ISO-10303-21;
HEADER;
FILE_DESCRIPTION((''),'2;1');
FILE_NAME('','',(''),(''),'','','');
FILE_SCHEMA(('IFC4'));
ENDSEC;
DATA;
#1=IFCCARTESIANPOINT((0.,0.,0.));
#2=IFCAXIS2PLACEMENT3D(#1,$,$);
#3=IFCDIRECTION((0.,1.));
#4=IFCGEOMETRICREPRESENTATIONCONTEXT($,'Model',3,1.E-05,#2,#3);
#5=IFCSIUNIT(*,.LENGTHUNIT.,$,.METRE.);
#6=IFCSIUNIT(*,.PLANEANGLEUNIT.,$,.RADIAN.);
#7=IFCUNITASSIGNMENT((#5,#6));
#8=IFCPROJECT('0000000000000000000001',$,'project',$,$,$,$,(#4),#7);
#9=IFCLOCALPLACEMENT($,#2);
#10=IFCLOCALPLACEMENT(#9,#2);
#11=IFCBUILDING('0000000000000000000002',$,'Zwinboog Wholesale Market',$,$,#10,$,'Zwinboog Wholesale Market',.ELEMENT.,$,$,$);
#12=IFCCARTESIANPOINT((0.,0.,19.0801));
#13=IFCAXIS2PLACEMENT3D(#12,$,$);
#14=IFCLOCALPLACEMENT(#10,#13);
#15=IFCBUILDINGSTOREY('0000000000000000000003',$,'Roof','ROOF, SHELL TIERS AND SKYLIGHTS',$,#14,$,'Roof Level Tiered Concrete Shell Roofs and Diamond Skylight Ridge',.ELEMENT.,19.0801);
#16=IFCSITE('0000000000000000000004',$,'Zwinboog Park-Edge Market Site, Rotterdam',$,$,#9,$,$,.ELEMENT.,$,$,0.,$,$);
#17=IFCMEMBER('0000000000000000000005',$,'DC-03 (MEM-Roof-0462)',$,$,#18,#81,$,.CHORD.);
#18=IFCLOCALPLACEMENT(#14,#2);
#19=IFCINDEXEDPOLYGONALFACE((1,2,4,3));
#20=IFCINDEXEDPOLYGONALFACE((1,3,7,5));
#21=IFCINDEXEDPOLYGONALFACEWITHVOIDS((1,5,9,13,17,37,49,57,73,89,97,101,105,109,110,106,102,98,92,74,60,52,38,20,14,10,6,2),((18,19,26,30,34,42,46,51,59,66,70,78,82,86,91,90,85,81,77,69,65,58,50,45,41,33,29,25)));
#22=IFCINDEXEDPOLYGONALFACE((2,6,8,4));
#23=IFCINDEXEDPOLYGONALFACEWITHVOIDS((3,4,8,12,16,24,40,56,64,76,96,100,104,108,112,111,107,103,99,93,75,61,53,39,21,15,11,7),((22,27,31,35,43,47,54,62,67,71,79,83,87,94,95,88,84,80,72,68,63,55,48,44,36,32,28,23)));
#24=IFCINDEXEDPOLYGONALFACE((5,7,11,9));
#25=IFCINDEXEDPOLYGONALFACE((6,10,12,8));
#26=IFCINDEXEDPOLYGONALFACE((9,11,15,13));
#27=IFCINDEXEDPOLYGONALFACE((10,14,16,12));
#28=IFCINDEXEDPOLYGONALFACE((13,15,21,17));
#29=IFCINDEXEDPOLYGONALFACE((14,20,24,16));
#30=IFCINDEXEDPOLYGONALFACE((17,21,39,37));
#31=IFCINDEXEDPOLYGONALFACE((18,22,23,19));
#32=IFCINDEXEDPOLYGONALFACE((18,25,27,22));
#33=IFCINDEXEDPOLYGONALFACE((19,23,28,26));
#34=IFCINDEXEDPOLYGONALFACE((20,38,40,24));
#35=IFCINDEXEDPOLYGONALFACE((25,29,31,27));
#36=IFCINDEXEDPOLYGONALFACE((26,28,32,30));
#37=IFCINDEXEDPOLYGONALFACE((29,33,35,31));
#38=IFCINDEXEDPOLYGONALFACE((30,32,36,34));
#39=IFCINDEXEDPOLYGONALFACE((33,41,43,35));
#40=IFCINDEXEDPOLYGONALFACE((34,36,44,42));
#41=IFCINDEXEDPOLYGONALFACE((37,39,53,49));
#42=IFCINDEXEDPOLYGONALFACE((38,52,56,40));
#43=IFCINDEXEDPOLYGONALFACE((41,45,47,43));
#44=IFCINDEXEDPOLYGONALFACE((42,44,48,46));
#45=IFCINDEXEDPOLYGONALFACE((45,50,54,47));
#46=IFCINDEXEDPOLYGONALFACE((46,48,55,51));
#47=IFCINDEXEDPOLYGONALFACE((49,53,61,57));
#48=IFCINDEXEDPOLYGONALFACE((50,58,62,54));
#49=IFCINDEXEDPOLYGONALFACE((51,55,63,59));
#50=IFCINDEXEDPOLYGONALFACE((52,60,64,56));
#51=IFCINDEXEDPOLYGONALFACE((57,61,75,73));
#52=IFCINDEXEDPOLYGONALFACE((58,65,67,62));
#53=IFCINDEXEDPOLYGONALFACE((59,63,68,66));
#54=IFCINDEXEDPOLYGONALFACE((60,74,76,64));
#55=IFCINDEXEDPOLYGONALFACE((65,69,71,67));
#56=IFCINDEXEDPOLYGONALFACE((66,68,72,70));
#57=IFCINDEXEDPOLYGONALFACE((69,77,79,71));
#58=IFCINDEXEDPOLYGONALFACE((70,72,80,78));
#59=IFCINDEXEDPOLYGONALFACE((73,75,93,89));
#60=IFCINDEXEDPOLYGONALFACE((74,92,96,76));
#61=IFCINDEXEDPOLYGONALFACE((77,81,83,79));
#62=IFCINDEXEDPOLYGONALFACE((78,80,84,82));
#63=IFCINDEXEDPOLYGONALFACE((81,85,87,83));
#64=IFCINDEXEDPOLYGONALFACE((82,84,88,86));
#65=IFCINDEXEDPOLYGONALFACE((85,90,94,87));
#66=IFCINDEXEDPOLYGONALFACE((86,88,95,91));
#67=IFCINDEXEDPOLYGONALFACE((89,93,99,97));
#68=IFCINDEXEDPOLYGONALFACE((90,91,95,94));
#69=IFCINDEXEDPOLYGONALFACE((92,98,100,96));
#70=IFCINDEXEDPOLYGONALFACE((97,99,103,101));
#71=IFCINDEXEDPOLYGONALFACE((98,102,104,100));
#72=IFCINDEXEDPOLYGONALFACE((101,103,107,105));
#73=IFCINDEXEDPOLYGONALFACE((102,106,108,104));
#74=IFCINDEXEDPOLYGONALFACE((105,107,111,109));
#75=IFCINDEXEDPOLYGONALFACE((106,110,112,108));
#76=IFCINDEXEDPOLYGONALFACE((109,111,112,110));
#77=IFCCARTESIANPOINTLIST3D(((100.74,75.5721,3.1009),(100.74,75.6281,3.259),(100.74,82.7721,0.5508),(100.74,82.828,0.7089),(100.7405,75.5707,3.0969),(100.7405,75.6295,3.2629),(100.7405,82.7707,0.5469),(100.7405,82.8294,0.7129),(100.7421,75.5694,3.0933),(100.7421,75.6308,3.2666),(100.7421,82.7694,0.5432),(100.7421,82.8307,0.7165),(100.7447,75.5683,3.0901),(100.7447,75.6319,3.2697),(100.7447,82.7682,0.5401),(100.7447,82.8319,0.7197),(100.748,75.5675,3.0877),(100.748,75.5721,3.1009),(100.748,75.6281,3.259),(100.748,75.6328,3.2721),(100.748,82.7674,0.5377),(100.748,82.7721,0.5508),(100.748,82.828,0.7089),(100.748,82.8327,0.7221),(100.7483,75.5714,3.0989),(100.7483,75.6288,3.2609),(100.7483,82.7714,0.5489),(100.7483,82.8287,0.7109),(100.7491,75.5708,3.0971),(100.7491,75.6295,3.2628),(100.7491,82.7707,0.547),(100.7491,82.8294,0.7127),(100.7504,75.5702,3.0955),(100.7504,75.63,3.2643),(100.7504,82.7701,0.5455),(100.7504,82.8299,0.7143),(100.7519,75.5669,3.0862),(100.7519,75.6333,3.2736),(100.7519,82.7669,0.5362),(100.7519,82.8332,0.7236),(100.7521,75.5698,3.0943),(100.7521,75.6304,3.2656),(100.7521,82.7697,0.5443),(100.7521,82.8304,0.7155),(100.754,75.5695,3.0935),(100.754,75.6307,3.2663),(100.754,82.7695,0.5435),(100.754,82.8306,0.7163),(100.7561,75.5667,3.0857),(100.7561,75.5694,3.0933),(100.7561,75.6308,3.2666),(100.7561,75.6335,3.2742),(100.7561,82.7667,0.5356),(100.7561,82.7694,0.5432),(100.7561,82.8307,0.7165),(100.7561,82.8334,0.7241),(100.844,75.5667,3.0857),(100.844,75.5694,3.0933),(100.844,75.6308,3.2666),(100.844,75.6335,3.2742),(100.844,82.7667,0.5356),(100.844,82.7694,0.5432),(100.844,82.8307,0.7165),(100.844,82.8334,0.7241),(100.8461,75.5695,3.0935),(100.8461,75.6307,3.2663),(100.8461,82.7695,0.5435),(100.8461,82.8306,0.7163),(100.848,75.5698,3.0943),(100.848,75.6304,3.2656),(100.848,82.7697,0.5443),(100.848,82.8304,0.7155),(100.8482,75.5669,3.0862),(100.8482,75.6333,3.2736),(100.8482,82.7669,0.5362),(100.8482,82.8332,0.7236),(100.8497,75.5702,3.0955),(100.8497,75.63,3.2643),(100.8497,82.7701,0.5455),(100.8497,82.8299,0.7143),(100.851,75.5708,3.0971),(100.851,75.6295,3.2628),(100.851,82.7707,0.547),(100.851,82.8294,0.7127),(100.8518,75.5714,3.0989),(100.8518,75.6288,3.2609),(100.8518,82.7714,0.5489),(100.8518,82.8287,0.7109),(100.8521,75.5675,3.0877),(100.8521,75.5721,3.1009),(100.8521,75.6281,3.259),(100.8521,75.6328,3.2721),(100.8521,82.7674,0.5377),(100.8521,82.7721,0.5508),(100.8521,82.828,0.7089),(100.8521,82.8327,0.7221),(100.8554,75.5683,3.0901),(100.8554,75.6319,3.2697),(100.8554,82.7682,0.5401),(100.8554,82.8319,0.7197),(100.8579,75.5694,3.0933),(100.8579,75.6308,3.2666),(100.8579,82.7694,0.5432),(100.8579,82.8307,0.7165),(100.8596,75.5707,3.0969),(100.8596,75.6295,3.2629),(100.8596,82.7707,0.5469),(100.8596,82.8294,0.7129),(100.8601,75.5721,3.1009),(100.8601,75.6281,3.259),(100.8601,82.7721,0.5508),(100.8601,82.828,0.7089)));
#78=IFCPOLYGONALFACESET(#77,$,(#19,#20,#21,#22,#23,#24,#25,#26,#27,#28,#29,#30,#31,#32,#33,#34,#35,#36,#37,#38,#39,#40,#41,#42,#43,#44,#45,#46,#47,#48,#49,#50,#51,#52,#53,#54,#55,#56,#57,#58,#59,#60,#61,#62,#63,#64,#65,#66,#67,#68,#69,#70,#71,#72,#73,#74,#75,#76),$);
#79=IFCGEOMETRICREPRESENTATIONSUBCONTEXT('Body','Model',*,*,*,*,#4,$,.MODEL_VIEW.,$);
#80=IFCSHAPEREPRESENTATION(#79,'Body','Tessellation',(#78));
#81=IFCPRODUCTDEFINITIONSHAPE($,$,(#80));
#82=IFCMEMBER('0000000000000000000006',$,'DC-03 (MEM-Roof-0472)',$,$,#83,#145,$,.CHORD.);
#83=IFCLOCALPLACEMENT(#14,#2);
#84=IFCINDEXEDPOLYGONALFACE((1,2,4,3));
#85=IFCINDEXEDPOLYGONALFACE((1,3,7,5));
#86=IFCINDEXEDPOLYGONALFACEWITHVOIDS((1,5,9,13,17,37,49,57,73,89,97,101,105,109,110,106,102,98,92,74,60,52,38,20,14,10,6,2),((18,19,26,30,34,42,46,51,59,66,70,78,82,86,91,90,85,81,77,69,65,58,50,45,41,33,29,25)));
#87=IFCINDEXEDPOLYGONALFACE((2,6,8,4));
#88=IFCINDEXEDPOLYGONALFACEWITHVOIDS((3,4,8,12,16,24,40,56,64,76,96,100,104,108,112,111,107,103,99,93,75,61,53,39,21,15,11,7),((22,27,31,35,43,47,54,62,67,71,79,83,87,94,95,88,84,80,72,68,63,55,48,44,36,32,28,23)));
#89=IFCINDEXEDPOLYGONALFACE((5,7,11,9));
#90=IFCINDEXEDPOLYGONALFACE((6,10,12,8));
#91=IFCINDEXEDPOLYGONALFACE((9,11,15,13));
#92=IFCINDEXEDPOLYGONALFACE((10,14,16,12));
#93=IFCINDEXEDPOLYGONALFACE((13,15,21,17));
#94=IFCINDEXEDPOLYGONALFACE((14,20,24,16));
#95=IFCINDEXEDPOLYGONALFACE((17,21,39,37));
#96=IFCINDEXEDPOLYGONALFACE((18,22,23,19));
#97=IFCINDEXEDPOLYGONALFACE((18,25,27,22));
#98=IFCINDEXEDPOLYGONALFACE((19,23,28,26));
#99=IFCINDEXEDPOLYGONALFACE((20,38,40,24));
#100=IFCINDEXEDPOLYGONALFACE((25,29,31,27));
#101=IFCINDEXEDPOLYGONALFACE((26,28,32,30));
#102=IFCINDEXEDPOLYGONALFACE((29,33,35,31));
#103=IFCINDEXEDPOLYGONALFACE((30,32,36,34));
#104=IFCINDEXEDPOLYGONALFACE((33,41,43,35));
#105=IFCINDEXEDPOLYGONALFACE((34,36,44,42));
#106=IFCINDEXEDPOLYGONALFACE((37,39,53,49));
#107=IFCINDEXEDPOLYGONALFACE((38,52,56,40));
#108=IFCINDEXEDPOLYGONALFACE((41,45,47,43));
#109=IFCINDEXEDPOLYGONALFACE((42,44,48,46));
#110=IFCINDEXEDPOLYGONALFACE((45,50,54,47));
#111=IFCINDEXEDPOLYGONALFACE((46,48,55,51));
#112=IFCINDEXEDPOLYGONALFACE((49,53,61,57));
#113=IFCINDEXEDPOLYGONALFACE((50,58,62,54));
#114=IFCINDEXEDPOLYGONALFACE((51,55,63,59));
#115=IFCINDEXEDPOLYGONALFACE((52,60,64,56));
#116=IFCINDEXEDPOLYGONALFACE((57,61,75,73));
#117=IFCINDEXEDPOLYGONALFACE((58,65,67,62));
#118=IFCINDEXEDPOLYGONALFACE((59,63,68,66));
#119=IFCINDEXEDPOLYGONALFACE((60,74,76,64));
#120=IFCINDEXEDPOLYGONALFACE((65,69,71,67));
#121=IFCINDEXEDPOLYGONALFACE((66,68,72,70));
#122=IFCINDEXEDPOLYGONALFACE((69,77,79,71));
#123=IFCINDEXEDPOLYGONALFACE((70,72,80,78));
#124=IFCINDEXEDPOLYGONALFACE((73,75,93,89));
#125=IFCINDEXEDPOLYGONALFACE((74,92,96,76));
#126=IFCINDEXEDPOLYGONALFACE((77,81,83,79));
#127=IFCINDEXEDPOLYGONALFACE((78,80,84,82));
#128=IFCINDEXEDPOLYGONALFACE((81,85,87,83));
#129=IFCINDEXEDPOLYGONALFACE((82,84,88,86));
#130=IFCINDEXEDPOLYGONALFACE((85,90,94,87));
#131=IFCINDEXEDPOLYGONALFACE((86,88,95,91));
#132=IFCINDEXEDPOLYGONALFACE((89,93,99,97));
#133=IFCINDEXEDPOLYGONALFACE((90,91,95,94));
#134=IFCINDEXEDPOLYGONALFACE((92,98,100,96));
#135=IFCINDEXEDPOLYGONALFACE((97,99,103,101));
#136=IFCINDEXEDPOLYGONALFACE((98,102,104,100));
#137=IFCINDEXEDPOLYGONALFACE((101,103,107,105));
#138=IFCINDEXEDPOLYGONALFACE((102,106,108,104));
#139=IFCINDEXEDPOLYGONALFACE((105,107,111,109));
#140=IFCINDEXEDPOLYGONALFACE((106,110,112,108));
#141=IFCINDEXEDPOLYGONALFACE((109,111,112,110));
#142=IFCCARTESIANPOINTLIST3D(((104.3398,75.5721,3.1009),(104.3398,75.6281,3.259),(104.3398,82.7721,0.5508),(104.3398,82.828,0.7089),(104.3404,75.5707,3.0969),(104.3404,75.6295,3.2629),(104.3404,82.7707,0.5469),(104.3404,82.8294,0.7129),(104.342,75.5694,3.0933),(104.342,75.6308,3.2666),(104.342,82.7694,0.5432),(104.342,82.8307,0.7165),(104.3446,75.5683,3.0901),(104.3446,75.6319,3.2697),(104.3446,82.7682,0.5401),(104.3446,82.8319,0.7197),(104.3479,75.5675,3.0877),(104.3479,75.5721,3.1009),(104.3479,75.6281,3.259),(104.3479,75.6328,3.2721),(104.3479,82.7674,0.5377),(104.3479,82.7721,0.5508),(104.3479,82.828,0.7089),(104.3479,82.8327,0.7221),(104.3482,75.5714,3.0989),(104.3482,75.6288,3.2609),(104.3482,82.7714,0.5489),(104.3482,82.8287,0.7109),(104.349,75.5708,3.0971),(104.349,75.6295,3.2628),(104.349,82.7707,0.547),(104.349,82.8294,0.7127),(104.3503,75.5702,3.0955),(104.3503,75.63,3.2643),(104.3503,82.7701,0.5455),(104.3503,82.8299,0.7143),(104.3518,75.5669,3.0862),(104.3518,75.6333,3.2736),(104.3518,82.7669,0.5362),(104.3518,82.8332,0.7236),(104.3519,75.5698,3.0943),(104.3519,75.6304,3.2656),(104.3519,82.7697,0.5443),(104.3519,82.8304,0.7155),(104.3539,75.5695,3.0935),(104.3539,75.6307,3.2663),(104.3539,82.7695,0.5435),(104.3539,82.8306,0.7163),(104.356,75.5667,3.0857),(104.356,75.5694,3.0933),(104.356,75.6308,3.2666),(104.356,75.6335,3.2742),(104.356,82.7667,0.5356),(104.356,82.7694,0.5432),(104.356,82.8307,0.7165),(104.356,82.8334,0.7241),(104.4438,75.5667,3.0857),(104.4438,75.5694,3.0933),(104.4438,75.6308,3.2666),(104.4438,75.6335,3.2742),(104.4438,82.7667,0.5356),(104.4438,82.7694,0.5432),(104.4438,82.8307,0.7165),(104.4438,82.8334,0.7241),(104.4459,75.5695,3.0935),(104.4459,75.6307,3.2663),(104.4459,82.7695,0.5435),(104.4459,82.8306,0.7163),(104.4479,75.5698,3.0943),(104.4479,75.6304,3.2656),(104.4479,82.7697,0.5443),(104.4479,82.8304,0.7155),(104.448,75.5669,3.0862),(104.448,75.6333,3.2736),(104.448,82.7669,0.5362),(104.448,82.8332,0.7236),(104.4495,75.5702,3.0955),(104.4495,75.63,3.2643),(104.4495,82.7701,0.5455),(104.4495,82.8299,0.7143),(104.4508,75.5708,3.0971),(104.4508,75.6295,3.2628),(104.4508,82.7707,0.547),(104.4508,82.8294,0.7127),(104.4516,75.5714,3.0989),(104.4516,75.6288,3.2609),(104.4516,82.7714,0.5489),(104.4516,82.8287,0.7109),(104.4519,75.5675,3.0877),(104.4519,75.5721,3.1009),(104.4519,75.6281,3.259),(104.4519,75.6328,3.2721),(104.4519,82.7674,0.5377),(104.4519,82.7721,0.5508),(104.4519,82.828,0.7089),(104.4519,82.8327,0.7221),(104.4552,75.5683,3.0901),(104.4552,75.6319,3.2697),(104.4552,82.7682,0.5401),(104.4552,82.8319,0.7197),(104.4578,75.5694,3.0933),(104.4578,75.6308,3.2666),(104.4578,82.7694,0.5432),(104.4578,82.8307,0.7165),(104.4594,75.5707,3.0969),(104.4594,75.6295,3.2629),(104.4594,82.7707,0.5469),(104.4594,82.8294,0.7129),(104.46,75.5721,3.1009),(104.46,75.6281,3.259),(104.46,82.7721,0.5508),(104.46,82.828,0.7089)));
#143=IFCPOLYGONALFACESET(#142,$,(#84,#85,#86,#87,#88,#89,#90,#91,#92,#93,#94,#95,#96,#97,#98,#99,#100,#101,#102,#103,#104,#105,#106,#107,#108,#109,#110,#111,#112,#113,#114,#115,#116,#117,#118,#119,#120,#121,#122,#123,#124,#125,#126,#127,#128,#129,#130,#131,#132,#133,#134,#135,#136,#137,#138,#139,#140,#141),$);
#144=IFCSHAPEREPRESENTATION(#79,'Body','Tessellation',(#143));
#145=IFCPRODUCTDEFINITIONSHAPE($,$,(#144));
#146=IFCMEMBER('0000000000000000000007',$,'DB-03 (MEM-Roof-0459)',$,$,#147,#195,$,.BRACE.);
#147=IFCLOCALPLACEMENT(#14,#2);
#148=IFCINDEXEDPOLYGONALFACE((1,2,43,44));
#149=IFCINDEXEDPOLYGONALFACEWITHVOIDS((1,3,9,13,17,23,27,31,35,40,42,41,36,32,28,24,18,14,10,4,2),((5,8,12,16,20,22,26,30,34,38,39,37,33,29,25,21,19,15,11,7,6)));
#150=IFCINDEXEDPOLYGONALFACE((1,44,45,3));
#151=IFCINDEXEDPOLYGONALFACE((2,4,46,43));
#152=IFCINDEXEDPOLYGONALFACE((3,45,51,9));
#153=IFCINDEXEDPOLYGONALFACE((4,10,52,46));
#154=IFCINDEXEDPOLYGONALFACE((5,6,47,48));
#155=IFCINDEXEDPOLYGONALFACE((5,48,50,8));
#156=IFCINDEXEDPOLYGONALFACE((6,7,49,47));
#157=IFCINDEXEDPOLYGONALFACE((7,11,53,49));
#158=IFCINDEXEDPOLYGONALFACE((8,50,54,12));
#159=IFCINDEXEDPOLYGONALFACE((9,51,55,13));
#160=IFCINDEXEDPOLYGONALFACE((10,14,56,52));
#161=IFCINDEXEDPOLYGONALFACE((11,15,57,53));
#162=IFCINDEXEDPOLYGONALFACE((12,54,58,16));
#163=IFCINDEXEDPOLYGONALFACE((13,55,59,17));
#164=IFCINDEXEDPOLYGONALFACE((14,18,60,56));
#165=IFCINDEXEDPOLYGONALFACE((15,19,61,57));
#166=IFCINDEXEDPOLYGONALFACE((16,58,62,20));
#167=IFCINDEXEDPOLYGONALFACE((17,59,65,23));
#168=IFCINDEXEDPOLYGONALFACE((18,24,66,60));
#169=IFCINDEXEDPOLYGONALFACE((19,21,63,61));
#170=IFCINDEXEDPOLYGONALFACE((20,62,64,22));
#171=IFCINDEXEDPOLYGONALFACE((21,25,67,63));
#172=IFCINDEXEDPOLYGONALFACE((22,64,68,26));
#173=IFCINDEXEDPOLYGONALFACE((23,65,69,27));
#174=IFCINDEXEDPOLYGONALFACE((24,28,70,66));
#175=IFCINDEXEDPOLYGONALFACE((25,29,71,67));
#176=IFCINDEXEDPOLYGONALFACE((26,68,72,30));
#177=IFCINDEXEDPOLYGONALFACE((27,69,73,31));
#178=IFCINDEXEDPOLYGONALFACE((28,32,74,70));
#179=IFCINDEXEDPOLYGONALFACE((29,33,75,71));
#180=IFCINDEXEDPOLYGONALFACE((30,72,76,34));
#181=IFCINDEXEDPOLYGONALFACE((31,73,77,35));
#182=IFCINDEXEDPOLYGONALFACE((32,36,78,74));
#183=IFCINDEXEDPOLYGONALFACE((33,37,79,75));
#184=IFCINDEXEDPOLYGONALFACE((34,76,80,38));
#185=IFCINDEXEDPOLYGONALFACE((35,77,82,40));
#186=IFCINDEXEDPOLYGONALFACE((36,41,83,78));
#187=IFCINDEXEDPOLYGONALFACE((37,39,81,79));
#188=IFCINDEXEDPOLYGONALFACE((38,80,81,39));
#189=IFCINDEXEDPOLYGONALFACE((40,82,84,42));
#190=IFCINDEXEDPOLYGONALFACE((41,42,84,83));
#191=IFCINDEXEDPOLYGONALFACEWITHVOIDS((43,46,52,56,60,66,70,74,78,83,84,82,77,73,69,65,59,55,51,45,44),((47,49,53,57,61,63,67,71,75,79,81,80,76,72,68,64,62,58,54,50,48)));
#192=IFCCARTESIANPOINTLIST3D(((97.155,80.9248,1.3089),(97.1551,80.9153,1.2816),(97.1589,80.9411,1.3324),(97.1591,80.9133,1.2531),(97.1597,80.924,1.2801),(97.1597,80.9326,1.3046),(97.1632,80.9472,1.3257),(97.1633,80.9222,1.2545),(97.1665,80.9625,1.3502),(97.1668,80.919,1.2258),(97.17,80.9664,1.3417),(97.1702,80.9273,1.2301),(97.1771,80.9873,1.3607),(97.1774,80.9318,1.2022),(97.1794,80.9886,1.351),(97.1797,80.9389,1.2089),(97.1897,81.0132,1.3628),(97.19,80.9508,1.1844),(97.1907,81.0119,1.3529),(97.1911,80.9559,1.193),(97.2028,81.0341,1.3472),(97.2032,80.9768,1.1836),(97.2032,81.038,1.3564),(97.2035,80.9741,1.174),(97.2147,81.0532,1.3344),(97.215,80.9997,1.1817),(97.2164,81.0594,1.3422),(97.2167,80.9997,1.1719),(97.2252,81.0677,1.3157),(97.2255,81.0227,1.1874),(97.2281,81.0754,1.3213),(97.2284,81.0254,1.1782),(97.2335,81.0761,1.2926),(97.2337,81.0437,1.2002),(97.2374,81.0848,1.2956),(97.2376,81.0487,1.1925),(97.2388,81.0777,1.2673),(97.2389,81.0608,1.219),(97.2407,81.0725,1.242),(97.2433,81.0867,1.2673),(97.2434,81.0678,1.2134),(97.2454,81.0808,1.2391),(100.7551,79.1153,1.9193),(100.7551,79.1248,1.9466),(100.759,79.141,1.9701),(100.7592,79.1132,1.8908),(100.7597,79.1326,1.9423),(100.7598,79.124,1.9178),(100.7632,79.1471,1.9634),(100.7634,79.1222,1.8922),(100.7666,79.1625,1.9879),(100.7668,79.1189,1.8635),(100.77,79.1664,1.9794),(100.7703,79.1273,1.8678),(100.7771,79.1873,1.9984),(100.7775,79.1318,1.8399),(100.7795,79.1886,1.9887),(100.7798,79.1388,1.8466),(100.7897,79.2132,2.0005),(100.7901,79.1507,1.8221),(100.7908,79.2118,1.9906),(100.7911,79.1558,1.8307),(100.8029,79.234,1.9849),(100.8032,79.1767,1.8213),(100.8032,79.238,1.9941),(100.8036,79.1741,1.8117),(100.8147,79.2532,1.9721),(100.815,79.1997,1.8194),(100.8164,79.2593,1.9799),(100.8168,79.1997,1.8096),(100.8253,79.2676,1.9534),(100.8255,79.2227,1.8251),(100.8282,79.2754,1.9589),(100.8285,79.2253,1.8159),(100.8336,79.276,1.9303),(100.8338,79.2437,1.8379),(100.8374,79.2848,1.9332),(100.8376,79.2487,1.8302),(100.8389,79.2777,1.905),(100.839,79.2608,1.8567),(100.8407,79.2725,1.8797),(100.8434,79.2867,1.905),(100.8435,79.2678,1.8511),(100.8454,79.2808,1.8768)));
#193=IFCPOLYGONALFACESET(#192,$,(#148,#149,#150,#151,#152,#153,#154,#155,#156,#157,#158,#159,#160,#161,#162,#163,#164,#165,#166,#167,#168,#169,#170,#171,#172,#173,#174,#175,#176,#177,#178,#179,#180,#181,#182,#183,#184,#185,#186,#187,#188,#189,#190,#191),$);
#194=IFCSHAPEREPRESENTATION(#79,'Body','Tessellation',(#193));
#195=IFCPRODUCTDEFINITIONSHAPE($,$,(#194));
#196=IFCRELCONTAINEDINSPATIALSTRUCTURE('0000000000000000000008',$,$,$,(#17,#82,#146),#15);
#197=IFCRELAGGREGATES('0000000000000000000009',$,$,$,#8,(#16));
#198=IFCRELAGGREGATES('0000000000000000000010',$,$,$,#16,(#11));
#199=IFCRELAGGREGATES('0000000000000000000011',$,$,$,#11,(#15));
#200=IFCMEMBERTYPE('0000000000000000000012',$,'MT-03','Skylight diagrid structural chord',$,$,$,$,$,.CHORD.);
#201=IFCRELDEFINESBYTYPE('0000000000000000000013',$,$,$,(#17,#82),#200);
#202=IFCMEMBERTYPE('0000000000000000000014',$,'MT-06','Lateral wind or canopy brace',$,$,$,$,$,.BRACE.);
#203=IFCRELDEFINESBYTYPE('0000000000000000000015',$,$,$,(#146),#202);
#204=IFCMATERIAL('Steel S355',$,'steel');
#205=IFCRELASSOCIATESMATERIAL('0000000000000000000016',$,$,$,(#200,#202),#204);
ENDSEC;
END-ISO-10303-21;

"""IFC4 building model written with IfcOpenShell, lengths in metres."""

from ifc_helpers import new_model, si_unit, direction, frame, origin, origin_2d, place, context, subcontext, project, spatial, hollow_rectangle, hollow_circle, extrude, material, material_profile, profile_set, type_object, element, save


model = new_model("IFC4")

# Units and contexts
model_context = context("Model", 3, precision=1e-05, world=origin(), true_north=direction((0.0, 1.0)))
body_context = subcontext(model_context, "Body", "Model", "MODEL_VIEW")
ifc_project = project(units=[si_unit("LENGTHUNIT", "METRE"), si_unit("PLANEANGLEUNIT", "RADIAN")], contexts=[model_context])

# Site, building, storey
site_placement = place(None, origin())
site = spatial("IfcSite", under=ifc_project, at=site_placement, Name="Zwinboog Park-Edge Market Site, Rotterdam", CompositionType="ELEMENT", RefElevation=0.0)
building_placement = place(site_placement, origin())
building = spatial("IfcBuilding", under=site, at=building_placement, Name="Zwinboog Wholesale Market", LongName="Zwinboog Wholesale Market", CompositionType="ELEMENT")
storey_placement = place(building_placement, frame((0.0, 0.0, 19.0801)))
storey = spatial("IfcBuildingStorey", under=building, at=storey_placement, Name="Roof", Description="ROOF, SHELL TIERS AND SKYLIGHTS", LongName="Roof Level Tiered Concrete Shell Roofs and Diamond Skylight Ridge", CompositionType="ELEMENT", Elevation=19.0801)

# Members
ifc_material_1 = material(Name="Steel S355", Category="steel")
ifc_material_profile_1 = material_profile(ifc_material_1, hollow_rectangle(XDim=0.1201, YDim=0.2, WallThickness=0.0081, InnerFilletRadius=0.0081, OuterFilletRadius=0.0161, at=origin_2d()), Name="RHS 200x120x8")
ifc_profile_set_1 = profile_set([ifc_material_profile_1], Name="Steel S355")
member_type_1 = type_object("IfcMemberType", Name="MT-03", Description="Skylight diagrid structural chord", PredefinedType="CHORD", material=ifc_profile_set_1)
for number, where, z_axis, x_axis, name in (
    (1, (100.8, 82.8, 0.6299), (0.0, -0.942625, 0.333855), (1.0, 0.0, 0.0), "DC-03 (MEM-Roof-0462)"),
    (2, (104.3999, 82.8, 0.6299), (0.0, -0.942625, 0.333855), (1.0, 0.0, 0.0), "DC-03 (MEM-Roof-0472)"),
):
    element("IfcMember", number, at=place(storey_placement, frame(where, z_axis=z_axis, x_axis=x_axis)), inside=storey, type_object=member_type_1, Name=name, PredefinedType="CHORD", context=body_context, shape_type="SweptSolid", body=[
        extrude(hollow_rectangle(XDim=0.1201, YDim=0.2, WallThickness=0.0081, InnerFilletRadius=0.0081, OuterFilletRadius=0.0161, at=origin_2d()), origin(), (0.0, 0.0, 1.0), 7.6382),
    ])
ifc_material_profile_2 = material_profile(ifc_material_1, hollow_circle(Radius=0.0969, WallThickness=0.01, at=origin_2d()), Name="CHS 193.7x10")
ifc_profile_set_2 = profile_set([ifc_material_profile_2], Name="Steel S355")
member_type_2 = type_object("IfcMemberType", Name="MT-06", Description="Lateral wind or canopy brace", PredefinedType="BRACE", material=ifc_profile_set_2)
for number, where, z_axis, x_axis, name in (
    (3, (97.2, 81.0, 1.2673), (0.883409, -0.441704, 0.156481), (0.447214, 0.894427, 0.0), "DB-03 (MEM-Roof-0459)"),
):
    element("IfcMember", number, at=place(storey_placement, frame(where, z_axis=z_axis, x_axis=x_axis)), inside=storey, type_object=member_type_2, Name=name, PredefinedType="BRACE", context=body_context, shape_type="SweptSolid", body=[
        extrude(hollow_circle(Radius=0.0969, WallThickness=0.01, at=origin_2d()), origin(), (0.0, 0.0, 1.0), 4.0752),
    ])

save(model, "model.ifc")
